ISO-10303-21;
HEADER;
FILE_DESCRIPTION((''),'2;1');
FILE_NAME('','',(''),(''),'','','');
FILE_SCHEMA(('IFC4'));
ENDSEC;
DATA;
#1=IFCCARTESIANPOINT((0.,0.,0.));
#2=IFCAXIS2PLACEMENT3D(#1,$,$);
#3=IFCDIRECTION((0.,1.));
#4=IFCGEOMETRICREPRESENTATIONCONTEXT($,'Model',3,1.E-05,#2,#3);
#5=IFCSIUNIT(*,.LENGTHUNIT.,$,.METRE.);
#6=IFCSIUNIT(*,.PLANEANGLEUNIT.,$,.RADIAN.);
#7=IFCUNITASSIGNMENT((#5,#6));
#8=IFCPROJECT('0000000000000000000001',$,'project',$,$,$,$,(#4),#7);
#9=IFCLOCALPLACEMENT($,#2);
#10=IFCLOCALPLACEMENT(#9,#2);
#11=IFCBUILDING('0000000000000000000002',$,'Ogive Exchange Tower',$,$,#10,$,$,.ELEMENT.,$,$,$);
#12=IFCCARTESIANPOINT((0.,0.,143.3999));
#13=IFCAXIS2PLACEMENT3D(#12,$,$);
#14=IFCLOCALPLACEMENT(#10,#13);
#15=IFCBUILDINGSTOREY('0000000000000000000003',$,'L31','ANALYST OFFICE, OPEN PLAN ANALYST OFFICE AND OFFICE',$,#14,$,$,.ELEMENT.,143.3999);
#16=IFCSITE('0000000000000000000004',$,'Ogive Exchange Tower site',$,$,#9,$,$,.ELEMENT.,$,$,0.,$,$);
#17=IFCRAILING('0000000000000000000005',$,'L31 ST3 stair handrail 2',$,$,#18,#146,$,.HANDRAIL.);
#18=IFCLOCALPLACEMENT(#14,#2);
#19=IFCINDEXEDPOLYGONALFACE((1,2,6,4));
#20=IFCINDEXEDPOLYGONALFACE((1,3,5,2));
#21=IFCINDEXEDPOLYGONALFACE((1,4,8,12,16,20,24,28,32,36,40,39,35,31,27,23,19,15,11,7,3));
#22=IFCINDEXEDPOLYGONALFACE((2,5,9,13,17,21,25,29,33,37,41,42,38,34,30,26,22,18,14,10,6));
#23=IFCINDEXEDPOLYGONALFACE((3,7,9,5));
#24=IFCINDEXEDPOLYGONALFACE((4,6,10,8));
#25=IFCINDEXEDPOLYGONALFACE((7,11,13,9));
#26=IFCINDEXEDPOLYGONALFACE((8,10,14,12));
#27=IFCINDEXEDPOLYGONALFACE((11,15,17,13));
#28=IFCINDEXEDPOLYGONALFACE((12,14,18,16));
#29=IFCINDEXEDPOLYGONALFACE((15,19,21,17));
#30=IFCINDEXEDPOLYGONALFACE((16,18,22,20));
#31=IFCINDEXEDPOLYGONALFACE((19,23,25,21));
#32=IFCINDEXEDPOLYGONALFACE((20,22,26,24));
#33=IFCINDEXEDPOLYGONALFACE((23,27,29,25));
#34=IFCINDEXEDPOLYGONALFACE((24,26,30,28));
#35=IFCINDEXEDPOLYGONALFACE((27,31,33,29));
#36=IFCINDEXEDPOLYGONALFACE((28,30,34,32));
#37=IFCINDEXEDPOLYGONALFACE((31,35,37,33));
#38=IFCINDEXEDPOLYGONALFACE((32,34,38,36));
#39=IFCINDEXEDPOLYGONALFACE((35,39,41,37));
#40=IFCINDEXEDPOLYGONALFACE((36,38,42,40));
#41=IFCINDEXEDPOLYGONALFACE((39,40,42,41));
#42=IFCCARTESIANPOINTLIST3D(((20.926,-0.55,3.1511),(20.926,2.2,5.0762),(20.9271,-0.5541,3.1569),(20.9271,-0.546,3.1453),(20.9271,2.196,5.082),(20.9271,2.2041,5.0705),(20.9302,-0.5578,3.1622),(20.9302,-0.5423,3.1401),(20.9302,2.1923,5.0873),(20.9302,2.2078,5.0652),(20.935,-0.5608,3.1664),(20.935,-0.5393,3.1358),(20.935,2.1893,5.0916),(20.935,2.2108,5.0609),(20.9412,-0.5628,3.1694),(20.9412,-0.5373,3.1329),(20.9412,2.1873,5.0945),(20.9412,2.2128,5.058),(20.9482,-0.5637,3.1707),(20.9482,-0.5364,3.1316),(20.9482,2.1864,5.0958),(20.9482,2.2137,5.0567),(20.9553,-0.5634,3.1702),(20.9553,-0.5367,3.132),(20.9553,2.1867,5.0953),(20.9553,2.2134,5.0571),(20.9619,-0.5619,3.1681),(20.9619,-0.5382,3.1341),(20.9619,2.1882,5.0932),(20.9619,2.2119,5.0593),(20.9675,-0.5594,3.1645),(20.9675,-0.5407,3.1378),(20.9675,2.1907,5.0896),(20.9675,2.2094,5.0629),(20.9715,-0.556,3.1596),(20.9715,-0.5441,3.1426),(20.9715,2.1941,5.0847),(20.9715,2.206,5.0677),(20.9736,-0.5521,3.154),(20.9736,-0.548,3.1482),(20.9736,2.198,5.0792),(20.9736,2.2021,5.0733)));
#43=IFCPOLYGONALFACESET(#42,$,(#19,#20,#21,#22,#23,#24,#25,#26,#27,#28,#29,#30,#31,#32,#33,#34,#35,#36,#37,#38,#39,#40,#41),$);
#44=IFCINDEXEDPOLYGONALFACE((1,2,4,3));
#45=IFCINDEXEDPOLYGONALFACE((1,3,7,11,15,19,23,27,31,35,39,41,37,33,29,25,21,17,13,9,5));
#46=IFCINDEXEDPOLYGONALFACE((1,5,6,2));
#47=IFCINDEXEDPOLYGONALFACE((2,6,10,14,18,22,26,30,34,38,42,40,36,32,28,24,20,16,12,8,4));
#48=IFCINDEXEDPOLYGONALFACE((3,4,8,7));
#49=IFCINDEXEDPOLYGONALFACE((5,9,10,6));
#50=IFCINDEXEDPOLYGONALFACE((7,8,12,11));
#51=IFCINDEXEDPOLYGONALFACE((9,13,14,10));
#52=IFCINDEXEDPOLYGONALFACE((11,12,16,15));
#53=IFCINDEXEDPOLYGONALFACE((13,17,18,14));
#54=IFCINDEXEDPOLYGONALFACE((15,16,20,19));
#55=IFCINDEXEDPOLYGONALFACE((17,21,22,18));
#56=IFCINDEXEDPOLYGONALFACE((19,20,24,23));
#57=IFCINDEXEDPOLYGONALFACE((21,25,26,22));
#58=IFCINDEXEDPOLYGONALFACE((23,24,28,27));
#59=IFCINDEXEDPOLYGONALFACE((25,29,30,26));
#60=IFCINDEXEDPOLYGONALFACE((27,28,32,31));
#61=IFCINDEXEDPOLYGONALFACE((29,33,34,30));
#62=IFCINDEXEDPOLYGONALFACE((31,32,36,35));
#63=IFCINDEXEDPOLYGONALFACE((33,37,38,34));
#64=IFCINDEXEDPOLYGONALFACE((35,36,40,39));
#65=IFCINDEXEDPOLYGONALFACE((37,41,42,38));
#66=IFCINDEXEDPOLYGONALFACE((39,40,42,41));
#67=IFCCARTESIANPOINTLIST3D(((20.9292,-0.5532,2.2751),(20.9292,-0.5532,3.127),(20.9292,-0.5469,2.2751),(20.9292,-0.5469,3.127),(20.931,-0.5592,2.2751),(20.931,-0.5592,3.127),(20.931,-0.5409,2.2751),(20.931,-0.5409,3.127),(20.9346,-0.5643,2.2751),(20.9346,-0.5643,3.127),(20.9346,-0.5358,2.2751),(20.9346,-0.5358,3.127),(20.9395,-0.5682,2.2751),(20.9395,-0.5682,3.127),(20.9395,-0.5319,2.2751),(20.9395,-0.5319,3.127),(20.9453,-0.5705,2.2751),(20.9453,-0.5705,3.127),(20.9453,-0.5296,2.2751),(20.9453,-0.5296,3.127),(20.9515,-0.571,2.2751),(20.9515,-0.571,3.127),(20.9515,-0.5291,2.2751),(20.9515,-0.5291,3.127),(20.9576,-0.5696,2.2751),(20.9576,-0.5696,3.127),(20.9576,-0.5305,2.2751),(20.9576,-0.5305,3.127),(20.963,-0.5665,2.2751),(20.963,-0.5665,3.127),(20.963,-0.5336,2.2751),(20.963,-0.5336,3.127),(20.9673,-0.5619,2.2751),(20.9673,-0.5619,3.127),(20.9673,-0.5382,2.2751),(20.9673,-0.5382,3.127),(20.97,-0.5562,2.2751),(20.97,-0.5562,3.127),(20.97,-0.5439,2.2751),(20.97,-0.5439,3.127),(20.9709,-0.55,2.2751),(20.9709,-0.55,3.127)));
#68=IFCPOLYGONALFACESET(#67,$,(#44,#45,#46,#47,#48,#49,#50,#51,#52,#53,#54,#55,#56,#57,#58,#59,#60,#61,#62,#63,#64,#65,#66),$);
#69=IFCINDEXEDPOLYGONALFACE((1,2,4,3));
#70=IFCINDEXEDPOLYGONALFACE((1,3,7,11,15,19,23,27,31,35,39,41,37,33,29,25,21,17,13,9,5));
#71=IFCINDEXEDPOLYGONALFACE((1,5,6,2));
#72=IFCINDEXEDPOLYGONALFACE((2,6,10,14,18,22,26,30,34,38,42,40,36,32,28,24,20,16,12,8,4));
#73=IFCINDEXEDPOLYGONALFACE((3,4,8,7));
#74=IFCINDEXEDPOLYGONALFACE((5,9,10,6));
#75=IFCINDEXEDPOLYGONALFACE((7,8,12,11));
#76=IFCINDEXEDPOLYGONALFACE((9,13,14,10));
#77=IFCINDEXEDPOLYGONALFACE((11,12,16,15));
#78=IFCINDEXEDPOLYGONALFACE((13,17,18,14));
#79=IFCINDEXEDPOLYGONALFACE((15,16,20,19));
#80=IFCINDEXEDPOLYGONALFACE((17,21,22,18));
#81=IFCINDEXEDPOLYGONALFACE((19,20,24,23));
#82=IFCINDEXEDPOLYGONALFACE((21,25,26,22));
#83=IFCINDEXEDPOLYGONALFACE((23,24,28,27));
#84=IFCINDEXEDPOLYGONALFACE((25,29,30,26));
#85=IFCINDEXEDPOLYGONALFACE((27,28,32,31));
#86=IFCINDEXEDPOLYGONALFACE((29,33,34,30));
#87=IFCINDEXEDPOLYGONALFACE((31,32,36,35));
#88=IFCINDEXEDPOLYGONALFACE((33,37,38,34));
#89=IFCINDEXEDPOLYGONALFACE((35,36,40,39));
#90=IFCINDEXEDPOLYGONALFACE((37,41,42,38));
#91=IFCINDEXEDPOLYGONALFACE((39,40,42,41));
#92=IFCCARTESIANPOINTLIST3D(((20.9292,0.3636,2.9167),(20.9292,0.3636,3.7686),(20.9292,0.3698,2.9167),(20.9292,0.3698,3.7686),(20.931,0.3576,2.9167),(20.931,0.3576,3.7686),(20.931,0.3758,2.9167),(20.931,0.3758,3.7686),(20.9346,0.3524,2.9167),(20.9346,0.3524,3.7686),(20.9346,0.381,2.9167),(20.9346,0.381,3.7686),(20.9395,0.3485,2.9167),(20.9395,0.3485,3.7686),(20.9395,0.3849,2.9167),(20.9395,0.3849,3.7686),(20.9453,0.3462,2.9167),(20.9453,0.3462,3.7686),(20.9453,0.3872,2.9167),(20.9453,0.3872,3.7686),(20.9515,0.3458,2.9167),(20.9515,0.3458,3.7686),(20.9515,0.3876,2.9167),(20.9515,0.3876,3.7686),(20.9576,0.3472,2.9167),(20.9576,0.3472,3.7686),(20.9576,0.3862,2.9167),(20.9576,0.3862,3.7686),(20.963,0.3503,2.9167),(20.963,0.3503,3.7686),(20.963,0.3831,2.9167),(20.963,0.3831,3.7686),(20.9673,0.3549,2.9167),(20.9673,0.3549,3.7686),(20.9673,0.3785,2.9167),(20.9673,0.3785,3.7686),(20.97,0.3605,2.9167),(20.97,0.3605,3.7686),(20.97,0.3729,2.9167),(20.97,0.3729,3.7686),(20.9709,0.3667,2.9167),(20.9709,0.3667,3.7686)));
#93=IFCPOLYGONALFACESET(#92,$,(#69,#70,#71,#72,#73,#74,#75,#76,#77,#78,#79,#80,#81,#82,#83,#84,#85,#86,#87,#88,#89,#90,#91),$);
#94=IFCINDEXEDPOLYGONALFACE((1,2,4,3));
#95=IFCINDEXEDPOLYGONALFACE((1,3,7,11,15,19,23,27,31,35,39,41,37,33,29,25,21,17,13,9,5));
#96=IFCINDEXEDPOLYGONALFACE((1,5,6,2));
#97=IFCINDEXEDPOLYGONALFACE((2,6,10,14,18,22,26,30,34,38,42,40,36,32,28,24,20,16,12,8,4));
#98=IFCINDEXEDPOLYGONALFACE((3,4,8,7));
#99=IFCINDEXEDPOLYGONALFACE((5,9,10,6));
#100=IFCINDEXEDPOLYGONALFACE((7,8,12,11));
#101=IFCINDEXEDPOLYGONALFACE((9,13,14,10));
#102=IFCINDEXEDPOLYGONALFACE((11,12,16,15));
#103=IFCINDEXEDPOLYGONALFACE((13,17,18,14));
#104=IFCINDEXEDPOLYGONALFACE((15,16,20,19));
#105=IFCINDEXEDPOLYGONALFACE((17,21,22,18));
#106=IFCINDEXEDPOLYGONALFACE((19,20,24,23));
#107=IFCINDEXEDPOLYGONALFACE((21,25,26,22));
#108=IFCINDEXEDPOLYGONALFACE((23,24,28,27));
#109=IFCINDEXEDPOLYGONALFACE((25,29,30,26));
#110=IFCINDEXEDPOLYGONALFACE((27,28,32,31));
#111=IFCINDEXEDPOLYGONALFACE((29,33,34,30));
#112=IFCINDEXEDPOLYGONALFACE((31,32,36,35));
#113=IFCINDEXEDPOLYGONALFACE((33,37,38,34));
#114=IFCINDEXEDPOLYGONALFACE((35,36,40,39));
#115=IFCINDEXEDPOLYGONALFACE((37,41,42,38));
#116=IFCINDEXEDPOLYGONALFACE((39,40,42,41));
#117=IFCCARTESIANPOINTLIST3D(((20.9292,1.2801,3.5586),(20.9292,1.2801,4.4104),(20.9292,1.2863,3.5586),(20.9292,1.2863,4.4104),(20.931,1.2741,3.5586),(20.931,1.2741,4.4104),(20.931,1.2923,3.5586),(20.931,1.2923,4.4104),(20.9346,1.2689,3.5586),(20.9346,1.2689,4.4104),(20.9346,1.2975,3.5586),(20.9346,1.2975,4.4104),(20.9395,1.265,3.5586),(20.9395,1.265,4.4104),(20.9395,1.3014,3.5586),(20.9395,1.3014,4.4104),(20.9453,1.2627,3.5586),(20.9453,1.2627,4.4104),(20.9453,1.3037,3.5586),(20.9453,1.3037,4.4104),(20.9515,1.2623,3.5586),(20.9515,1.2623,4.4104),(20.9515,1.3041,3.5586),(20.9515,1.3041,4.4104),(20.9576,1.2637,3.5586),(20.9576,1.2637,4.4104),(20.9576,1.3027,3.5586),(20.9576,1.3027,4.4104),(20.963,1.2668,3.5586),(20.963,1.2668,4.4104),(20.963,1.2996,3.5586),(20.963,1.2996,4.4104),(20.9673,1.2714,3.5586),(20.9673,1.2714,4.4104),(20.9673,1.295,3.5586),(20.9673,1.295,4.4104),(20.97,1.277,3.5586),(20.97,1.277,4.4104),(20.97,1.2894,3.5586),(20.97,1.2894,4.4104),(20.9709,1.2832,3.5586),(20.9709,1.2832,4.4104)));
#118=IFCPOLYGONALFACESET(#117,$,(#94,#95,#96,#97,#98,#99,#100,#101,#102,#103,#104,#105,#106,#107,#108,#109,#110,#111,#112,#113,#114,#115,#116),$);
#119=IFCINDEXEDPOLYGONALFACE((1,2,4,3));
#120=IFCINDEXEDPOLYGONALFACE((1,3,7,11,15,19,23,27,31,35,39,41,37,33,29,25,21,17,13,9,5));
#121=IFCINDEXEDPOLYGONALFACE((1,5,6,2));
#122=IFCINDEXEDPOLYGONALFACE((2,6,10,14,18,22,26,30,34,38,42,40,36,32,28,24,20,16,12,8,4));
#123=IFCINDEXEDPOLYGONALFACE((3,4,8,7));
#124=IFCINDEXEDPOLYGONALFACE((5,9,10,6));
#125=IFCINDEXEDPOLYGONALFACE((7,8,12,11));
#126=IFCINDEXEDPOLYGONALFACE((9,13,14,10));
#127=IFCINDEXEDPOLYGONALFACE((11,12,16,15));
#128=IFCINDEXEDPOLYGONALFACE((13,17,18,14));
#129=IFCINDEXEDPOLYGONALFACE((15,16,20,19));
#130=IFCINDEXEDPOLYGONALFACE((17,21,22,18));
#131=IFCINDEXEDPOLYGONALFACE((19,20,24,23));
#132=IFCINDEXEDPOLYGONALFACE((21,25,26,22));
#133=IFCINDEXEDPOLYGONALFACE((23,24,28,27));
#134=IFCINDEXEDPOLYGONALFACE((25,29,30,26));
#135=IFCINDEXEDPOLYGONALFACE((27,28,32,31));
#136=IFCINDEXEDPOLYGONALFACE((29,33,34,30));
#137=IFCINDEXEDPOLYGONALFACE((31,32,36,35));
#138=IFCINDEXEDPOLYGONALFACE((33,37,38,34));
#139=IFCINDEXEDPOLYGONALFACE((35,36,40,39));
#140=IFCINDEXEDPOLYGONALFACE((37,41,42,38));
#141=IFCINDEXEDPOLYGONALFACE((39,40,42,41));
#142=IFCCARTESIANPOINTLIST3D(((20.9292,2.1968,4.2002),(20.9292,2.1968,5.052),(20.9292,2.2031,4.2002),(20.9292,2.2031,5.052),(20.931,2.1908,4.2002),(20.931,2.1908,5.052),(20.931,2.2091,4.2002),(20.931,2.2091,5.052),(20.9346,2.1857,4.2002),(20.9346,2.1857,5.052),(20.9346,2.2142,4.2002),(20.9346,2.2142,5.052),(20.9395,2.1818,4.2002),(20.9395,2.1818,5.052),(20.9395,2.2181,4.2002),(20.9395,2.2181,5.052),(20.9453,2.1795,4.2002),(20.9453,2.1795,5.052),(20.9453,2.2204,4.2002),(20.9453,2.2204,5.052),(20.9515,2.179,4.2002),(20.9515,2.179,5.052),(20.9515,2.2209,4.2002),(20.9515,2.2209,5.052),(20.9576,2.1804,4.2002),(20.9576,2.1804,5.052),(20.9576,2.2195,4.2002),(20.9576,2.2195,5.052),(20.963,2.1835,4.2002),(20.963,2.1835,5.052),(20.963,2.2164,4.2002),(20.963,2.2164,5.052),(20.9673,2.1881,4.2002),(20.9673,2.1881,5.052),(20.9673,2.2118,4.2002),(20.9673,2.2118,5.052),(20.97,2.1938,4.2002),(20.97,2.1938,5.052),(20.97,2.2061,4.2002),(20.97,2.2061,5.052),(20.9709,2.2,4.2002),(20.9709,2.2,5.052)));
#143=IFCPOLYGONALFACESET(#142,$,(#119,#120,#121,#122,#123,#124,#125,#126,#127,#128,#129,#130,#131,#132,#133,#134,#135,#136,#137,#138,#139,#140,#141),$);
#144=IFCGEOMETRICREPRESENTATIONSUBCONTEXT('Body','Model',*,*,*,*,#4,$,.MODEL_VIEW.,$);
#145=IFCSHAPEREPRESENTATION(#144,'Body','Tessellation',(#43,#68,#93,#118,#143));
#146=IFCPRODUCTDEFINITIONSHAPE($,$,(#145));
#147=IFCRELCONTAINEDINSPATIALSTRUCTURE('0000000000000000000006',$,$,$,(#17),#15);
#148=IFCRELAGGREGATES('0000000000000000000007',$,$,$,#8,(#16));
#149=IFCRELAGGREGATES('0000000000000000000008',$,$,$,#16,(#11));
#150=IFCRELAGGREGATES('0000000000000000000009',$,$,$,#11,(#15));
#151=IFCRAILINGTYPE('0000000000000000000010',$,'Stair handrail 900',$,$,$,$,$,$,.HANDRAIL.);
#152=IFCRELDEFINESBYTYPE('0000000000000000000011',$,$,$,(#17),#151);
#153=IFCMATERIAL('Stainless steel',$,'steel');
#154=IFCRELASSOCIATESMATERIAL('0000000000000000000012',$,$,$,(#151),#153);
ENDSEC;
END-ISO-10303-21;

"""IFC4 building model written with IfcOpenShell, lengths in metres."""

from ifc_helpers import new_model, si_unit, direction, frame, origin, origin_2d, place, context, subcontext, project, spatial, circle, extrude, material, type_object, element, save


model = new_model("IFC4")

# Units and contexts
model_context = context("Model", 3, precision=1e-05, world=origin(), true_north=direction((0.0, 1.0)))
body_context = subcontext(model_context, "Body", "Model", "MODEL_VIEW")
ifc_project = project(units=[si_unit("LENGTHUNIT", "METRE"), si_unit("PLANEANGLEUNIT", "RADIAN")], contexts=[model_context])

# Site, building, storey
site_placement = place(None, origin())
site = spatial("IfcSite", under=ifc_project, at=site_placement, Name="Ogive Exchange Tower site", CompositionType="ELEMENT", RefElevation=0.0)
building_placement = place(site_placement, origin())
building = spatial("IfcBuilding", under=site, at=building_placement, Name="Ogive Exchange Tower", CompositionType="ELEMENT")
storey_placement = place(building_placement, frame((0.0, 0.0, 143.3999)))
storey = spatial("IfcBuildingStorey", under=building, at=storey_placement, Name="L31", Description="ANALYST OFFICE, OPEN PLAN ANALYST OFFICE AND OFFICE", CompositionType="ELEMENT", Elevation=143.3999)

# Railing
ifc_material_1 = material(Name="Stainless steel", Category="steel")
railing_type = type_object("IfcRailingType", Name="Stair handrail 900", PredefinedType="HANDRAIL", material=ifc_material_1)
railing_placement = place(storey_placement, frame((20.95, -0.55, 2.2751)))
element("IfcRailing", 1, at=railing_placement, inside=storey, type_object=railing_type, Name="L31 ST3 stair handrail 2", PredefinedType="HANDRAIL", context=body_context, shape_type="SweptSolid", body=[
    extrude(circle(Radius=0.0239, at=origin_2d()), frame((0.0, 0.0, 0.876), z_axis=(0.0, 0.819225, 0.573472), x_axis=(-1.0, 0.0, 0.0)), (0.0, 0.0, 1.0), 3.3569),
    extrude(circle(Radius=0.021, at=origin_2d()), origin(), (0.0, 0.0, 1.0), 0.8518),
    extrude(circle(Radius=0.021, at=origin_2d()), frame((0.0, 0.9167, 0.6416)), (0.0, 0.0, 1.0), 0.8518),
    extrude(circle(Radius=0.021, at=origin_2d()), frame((0.0, 1.8333, 1.2834)), (0.0, 0.0, 1.0), 0.8518),
    extrude(circle(Radius=0.021, at=origin_2d()), frame((0.0, 2.75, 1.925)), (0.0, 0.0, 1.0), 0.8518),
])

save(model, "model.ifc")
